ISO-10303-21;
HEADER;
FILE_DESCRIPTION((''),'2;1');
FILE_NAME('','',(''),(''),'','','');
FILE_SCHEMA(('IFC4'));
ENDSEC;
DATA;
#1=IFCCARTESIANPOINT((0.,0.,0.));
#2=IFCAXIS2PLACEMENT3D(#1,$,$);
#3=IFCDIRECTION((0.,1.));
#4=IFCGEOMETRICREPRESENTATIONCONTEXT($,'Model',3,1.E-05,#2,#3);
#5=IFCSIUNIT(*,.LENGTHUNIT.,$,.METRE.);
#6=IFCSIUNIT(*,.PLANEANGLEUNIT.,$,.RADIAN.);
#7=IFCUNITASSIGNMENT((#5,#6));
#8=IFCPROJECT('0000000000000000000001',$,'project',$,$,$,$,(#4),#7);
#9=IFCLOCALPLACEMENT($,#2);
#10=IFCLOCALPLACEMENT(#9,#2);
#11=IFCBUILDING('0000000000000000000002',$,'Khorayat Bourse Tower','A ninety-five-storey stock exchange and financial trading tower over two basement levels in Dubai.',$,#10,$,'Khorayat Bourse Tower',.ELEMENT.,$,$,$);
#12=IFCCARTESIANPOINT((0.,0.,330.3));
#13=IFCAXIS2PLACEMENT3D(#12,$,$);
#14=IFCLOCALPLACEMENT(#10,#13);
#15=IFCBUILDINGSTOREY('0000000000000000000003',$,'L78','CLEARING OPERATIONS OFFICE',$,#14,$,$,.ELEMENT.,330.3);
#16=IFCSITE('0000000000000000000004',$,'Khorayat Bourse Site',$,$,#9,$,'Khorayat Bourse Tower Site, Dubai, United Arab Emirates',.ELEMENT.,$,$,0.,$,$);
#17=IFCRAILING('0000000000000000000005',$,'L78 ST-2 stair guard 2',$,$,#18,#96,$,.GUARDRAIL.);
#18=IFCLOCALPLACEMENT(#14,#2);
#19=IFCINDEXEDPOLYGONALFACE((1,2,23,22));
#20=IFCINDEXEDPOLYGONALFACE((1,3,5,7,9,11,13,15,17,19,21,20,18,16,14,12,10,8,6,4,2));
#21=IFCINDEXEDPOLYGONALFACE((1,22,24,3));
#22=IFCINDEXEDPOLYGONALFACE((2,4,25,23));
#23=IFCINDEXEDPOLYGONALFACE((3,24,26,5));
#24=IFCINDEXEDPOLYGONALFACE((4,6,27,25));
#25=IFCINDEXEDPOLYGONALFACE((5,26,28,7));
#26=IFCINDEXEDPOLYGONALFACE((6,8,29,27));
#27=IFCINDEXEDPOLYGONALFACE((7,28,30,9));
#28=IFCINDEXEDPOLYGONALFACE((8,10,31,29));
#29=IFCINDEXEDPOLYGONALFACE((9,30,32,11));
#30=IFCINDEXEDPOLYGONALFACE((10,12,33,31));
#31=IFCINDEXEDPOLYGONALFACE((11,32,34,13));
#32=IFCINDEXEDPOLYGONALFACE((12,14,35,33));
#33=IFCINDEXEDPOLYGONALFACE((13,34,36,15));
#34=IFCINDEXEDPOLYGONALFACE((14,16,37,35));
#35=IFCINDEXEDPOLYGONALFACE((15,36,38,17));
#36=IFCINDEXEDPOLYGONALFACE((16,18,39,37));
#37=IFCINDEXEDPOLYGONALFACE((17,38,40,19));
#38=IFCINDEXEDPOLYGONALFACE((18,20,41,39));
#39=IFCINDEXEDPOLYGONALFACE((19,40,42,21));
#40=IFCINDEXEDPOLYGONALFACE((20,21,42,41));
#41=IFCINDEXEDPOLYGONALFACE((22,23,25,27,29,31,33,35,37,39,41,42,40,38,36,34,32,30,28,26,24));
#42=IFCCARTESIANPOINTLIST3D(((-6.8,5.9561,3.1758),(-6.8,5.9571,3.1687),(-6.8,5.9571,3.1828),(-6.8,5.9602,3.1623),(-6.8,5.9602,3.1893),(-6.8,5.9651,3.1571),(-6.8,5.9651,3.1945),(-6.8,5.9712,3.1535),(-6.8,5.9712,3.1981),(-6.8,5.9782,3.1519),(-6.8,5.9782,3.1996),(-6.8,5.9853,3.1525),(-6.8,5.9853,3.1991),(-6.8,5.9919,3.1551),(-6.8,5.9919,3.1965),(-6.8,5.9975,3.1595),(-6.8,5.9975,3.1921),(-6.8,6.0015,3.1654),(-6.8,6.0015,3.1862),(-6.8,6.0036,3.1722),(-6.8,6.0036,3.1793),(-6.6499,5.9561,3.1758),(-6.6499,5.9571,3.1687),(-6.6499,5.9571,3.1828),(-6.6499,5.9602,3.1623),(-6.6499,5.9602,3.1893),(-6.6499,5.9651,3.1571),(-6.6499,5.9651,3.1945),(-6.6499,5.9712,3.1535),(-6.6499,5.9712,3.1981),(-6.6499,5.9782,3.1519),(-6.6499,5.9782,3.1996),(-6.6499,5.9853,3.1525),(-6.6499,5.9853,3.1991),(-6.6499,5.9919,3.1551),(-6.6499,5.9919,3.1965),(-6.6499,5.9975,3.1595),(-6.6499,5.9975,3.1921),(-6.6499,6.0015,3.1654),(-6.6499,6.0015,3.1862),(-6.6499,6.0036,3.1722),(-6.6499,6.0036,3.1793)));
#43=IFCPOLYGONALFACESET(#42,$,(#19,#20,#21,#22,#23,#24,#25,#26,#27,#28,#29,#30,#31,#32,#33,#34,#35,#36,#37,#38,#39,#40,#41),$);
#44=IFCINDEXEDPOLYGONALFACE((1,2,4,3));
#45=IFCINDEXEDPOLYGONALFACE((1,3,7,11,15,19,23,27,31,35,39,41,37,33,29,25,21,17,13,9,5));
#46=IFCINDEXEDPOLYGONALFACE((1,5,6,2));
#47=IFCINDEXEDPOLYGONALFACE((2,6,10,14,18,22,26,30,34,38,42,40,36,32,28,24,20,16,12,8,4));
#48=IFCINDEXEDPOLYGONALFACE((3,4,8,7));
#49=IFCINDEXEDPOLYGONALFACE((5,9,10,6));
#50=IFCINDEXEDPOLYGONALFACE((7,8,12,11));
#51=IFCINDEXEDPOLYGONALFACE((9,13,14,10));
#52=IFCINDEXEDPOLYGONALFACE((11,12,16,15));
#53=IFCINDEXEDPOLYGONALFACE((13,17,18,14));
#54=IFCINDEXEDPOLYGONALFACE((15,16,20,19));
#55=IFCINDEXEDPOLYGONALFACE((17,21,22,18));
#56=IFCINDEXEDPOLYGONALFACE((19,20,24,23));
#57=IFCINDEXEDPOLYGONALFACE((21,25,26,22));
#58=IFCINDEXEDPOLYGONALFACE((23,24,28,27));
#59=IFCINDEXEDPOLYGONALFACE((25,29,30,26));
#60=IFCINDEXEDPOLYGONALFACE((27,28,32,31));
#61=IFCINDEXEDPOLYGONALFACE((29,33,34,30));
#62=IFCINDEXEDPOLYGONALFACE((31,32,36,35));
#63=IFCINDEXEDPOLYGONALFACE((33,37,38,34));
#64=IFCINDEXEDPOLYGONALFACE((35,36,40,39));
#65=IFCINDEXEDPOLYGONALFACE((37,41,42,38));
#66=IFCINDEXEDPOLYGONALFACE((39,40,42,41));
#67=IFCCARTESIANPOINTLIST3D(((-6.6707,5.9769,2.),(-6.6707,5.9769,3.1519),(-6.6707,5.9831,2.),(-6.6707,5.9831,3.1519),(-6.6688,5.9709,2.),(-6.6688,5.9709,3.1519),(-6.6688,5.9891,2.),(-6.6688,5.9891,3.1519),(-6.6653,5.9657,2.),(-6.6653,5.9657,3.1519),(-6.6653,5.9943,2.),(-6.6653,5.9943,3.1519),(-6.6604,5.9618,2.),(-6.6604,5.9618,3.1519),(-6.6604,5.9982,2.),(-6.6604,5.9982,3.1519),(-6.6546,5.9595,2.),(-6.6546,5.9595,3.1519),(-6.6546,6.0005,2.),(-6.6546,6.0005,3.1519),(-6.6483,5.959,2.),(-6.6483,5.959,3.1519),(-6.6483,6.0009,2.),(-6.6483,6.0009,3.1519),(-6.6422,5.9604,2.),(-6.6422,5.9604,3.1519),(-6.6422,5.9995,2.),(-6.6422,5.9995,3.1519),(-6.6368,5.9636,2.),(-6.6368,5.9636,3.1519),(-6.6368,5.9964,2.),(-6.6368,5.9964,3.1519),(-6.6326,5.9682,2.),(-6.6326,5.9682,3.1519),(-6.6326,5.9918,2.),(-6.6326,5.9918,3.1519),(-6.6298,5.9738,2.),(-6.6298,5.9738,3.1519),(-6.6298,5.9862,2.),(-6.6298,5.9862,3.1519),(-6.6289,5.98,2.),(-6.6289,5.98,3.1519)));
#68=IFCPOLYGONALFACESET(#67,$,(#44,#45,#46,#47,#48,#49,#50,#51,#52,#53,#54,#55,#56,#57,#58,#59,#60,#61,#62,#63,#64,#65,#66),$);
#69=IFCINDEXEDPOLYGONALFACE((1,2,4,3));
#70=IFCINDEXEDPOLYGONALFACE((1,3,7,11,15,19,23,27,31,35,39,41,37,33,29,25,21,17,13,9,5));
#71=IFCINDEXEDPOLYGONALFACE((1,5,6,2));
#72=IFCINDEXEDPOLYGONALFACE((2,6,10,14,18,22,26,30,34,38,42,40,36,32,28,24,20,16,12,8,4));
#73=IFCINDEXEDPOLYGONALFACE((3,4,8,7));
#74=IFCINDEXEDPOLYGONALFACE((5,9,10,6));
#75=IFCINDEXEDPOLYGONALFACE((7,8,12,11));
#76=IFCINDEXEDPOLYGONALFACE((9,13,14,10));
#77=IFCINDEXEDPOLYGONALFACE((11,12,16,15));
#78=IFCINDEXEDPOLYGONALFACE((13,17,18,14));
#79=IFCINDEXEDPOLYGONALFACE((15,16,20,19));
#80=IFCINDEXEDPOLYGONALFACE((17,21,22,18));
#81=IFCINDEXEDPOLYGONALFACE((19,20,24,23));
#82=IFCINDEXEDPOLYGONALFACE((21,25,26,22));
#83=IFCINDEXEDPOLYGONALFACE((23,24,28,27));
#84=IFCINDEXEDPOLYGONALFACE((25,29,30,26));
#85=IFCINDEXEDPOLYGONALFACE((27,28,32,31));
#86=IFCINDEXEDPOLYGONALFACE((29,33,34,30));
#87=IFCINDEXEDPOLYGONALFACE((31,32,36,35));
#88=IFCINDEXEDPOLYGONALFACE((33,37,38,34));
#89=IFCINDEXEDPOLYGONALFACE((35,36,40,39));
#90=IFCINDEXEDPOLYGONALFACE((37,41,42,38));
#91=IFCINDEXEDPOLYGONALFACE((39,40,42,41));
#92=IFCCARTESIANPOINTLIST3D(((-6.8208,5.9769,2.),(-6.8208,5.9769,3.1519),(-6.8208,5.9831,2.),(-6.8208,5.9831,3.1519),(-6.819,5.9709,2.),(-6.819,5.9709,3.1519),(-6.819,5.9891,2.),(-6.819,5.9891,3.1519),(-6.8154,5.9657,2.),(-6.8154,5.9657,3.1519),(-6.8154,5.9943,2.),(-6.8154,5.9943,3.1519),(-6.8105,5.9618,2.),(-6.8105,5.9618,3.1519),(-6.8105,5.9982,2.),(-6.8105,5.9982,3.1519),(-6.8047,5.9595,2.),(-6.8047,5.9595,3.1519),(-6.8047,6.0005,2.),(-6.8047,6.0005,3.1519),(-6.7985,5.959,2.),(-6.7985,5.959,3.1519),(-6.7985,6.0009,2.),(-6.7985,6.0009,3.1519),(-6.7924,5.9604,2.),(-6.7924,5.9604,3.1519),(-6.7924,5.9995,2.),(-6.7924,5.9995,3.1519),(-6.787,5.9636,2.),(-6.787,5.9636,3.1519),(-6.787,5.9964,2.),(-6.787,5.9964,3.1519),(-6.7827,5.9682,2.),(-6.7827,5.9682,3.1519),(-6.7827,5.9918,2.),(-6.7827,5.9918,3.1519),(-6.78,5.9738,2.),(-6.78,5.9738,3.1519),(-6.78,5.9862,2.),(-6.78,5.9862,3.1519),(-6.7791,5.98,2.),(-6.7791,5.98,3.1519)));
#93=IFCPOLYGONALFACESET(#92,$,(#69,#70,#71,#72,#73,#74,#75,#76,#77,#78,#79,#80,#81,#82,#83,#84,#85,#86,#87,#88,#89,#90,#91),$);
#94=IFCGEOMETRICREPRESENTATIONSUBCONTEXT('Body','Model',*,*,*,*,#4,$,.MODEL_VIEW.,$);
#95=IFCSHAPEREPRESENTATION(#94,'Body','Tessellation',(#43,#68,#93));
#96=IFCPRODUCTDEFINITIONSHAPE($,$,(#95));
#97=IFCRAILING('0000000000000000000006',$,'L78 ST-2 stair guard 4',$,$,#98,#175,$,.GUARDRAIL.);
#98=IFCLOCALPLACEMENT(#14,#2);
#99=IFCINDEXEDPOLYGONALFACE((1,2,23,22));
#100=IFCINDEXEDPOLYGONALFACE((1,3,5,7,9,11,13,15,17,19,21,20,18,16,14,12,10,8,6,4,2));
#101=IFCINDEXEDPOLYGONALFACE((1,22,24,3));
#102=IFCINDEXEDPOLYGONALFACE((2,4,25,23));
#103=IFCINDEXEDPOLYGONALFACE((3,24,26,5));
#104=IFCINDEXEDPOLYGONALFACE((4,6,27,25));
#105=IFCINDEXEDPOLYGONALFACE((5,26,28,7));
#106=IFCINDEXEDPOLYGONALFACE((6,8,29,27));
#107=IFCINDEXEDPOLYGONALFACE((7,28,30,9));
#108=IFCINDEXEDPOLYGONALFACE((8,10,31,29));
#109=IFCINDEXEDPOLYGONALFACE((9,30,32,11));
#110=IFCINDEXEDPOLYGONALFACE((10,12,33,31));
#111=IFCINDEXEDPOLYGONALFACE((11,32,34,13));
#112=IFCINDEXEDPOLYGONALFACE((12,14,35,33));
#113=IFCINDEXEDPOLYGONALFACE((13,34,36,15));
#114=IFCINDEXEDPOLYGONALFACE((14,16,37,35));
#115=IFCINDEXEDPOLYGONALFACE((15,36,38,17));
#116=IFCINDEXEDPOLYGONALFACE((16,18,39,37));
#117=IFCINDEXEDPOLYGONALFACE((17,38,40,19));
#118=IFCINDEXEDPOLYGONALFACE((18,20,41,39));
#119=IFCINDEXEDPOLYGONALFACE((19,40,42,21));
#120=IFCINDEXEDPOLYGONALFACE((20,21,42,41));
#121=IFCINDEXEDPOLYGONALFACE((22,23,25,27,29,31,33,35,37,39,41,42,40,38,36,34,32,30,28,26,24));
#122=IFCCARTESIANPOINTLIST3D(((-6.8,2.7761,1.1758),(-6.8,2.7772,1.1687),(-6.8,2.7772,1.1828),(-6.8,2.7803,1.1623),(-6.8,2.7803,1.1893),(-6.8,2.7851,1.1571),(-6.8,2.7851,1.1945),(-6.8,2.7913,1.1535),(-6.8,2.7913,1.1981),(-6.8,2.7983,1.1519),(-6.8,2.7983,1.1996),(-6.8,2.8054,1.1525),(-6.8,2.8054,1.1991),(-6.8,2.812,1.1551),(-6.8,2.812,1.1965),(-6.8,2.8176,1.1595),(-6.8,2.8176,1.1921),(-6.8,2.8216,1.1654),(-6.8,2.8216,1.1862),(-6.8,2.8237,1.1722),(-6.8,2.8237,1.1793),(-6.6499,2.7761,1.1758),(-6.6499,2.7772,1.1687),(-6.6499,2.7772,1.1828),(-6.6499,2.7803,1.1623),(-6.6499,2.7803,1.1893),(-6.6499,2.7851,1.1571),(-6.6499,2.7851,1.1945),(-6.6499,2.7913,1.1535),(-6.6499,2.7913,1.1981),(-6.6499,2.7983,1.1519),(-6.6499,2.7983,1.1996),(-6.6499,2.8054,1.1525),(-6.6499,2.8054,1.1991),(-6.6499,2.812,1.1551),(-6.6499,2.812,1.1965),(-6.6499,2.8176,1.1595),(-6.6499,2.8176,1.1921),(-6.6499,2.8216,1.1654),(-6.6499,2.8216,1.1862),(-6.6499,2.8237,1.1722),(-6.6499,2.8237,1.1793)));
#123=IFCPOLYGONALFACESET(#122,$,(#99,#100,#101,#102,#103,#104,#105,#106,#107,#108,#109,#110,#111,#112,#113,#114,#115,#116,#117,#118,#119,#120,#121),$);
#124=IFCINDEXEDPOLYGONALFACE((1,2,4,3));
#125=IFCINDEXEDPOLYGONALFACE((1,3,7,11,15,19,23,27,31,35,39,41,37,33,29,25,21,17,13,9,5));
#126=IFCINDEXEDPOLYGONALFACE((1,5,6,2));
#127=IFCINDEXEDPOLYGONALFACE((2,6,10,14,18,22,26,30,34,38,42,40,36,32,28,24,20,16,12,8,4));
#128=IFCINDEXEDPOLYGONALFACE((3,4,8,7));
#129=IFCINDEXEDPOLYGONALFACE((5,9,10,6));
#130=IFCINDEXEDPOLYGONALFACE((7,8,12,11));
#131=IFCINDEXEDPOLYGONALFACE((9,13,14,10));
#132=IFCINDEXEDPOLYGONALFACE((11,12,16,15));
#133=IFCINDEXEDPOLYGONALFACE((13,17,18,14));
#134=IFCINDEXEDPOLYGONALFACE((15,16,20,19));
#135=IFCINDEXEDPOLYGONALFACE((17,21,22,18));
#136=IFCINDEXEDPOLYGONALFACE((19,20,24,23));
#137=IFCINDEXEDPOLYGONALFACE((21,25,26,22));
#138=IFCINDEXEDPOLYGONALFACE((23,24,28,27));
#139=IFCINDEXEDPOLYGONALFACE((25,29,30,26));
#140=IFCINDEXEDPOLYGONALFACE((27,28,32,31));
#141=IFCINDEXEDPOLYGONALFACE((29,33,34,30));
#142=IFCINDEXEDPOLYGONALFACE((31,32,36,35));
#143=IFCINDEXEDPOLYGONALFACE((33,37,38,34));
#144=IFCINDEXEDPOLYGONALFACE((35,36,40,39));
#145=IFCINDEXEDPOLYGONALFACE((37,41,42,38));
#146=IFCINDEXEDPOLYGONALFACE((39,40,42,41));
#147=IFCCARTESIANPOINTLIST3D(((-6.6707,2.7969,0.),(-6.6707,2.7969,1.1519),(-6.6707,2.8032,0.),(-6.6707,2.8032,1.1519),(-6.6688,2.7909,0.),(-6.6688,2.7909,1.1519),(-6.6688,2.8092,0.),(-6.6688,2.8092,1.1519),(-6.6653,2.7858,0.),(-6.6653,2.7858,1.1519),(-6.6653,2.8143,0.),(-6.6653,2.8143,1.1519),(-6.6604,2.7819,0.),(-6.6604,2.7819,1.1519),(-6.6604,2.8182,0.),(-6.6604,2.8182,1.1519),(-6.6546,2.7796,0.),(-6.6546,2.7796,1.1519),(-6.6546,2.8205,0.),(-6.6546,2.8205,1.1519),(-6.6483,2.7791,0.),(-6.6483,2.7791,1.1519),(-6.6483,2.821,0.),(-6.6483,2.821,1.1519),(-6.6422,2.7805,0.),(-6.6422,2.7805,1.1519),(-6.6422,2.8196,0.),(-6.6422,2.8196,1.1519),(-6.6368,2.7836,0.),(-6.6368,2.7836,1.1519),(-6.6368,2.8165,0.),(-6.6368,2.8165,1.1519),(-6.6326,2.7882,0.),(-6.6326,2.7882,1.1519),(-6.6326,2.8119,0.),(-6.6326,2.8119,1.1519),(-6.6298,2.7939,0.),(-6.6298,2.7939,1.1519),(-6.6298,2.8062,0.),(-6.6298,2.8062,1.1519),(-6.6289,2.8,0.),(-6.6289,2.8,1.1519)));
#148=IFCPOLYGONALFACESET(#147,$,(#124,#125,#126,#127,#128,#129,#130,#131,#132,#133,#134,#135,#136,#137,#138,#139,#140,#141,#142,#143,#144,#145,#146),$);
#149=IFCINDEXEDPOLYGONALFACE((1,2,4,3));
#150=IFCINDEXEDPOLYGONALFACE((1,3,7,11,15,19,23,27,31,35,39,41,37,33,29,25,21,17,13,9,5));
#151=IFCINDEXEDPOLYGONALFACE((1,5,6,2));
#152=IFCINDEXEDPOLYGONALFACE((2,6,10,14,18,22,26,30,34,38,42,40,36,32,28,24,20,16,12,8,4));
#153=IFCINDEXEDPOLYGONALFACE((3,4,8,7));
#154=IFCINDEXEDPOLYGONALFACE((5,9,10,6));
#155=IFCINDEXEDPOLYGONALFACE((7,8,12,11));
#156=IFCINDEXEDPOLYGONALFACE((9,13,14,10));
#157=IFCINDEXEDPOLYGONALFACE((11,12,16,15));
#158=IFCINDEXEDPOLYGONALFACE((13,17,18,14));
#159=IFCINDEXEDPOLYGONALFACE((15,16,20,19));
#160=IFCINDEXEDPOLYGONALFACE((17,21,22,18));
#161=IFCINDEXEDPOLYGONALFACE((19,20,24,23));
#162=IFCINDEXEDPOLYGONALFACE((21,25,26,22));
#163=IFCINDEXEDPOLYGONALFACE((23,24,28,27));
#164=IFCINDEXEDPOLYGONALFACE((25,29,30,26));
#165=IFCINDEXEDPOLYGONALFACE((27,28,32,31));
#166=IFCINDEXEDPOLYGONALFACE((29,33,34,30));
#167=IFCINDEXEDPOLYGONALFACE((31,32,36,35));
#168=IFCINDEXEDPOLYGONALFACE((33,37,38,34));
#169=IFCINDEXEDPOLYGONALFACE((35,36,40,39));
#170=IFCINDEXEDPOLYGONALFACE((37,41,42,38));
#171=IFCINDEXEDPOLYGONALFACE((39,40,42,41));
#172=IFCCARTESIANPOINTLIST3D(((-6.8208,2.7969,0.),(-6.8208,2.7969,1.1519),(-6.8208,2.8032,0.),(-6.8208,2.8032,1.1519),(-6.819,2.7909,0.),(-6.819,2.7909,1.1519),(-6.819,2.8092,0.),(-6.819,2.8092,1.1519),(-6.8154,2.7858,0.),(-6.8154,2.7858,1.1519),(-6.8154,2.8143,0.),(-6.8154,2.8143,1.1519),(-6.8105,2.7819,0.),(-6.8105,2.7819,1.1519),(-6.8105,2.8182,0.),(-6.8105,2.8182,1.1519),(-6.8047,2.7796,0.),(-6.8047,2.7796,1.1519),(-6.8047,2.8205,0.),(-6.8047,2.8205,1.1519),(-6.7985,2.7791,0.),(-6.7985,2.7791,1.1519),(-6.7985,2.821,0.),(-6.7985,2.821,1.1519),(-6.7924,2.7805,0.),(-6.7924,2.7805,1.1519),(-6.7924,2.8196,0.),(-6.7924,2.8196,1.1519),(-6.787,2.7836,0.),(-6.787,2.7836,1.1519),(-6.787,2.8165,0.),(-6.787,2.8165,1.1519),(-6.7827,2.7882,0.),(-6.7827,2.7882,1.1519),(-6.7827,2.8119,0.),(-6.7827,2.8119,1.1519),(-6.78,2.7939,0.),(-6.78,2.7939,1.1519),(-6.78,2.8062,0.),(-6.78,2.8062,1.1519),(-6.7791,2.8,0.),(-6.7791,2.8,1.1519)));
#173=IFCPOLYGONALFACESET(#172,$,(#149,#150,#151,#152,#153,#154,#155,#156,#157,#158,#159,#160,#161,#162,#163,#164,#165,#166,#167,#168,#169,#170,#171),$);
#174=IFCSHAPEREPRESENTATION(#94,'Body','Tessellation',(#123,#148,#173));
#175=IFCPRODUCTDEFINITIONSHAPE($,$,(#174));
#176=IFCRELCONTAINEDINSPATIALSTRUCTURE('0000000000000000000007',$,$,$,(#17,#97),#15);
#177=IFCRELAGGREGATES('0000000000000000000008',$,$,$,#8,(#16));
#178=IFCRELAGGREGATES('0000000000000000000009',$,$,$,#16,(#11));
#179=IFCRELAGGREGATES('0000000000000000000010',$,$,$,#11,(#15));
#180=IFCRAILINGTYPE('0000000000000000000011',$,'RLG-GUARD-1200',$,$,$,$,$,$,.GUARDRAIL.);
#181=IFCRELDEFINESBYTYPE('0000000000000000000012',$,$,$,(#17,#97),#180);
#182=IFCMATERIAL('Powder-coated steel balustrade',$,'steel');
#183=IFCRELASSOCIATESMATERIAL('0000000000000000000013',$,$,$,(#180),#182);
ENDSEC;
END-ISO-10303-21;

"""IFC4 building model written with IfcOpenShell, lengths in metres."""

from ifc_helpers import new_model, si_unit, direction, frame, origin, origin_2d, place, context, subcontext, project, spatial, circle, extrude, source, transform, mapped, material, type_object, element, save


model = new_model("IFC4")

# Units and contexts
model_context = context("Model", 3, precision=1e-05, world=origin(), true_north=direction((0.0, 1.0)))
body_context = subcontext(model_context, "Body", "Model", "MODEL_VIEW")
ifc_project = project(units=[si_unit("LENGTHUNIT", "METRE"), si_unit("PLANEANGLEUNIT", "RADIAN")], contexts=[model_context])

# Site, building, storey
site_placement = place(None, origin())
site = spatial("IfcSite", under=ifc_project, at=site_placement, Name="Khorayat Bourse Site", LongName="Khorayat Bourse Tower Site, Dubai, United Arab Emirates", CompositionType="ELEMENT", RefElevation=0.0)
building_placement = place(site_placement, origin())
building = spatial("IfcBuilding", under=site, at=building_placement, Name="Khorayat Bourse Tower", Description="A ninety-five-storey stock exchange and financial trading tower over two basement levels in Dubai.", LongName="Khorayat Bourse Tower", CompositionType="ELEMENT")
storey_placement = place(building_placement, frame((0.0, 0.0, 330.3)))
storey = spatial("IfcBuildingStorey", under=building, at=storey_placement, Name="L78", Description="CLEARING OPERATIONS OFFICE", CompositionType="ELEMENT", Elevation=330.3)

# Railings
ifc_material_1 = material(Name="Powder-coated steel balustrade", Category="steel")
railing_type_1 = type_object("IfcRailingType", Name="RLG-GUARD-1200", PredefinedType="GUARDRAIL", material=ifc_material_1)
shared_shape_1 = source(origin(), body_context, "Body", "SweptSolid", [
    extrude(circle(Radius=0.0239, at=origin_2d()), frame((0.0, 0.0, 1.1758), z_axis=(-1.0, 0.0, 0.0), x_axis=(0.0, -1.0, 0.0)), (0.0, 0.0, 1.0), 0.1501),
    extrude(circle(Radius=0.021, at=origin_2d()), origin(), (0.0, 0.0, 1.0), 1.1519),
    extrude(circle(Radius=0.021, at=origin_2d()), frame((-0.1501, 0.0, 0.0)), (0.0, 0.0, 1.0), 1.1519),
])
for number, where, name in (
    (1, (-6.6499, 5.98, 2.0), "L78 ST-2 stair guard 2"),
    (2, (-6.6499, 2.8, 0.0), "L78 ST-2 stair guard 4"),
):
    element("IfcRailing", number, at=place(storey_placement, frame(where)), inside=storey, type_object=railing_type_1, Name=name, PredefinedType="GUARDRAIL", context=body_context, shape_type="MappedRepresentation", body=[
        mapped(shared_shape_1, transform((0.0, 0.0, 0.0), scale=1.0)),
    ])

save(model, "model.ifc")
